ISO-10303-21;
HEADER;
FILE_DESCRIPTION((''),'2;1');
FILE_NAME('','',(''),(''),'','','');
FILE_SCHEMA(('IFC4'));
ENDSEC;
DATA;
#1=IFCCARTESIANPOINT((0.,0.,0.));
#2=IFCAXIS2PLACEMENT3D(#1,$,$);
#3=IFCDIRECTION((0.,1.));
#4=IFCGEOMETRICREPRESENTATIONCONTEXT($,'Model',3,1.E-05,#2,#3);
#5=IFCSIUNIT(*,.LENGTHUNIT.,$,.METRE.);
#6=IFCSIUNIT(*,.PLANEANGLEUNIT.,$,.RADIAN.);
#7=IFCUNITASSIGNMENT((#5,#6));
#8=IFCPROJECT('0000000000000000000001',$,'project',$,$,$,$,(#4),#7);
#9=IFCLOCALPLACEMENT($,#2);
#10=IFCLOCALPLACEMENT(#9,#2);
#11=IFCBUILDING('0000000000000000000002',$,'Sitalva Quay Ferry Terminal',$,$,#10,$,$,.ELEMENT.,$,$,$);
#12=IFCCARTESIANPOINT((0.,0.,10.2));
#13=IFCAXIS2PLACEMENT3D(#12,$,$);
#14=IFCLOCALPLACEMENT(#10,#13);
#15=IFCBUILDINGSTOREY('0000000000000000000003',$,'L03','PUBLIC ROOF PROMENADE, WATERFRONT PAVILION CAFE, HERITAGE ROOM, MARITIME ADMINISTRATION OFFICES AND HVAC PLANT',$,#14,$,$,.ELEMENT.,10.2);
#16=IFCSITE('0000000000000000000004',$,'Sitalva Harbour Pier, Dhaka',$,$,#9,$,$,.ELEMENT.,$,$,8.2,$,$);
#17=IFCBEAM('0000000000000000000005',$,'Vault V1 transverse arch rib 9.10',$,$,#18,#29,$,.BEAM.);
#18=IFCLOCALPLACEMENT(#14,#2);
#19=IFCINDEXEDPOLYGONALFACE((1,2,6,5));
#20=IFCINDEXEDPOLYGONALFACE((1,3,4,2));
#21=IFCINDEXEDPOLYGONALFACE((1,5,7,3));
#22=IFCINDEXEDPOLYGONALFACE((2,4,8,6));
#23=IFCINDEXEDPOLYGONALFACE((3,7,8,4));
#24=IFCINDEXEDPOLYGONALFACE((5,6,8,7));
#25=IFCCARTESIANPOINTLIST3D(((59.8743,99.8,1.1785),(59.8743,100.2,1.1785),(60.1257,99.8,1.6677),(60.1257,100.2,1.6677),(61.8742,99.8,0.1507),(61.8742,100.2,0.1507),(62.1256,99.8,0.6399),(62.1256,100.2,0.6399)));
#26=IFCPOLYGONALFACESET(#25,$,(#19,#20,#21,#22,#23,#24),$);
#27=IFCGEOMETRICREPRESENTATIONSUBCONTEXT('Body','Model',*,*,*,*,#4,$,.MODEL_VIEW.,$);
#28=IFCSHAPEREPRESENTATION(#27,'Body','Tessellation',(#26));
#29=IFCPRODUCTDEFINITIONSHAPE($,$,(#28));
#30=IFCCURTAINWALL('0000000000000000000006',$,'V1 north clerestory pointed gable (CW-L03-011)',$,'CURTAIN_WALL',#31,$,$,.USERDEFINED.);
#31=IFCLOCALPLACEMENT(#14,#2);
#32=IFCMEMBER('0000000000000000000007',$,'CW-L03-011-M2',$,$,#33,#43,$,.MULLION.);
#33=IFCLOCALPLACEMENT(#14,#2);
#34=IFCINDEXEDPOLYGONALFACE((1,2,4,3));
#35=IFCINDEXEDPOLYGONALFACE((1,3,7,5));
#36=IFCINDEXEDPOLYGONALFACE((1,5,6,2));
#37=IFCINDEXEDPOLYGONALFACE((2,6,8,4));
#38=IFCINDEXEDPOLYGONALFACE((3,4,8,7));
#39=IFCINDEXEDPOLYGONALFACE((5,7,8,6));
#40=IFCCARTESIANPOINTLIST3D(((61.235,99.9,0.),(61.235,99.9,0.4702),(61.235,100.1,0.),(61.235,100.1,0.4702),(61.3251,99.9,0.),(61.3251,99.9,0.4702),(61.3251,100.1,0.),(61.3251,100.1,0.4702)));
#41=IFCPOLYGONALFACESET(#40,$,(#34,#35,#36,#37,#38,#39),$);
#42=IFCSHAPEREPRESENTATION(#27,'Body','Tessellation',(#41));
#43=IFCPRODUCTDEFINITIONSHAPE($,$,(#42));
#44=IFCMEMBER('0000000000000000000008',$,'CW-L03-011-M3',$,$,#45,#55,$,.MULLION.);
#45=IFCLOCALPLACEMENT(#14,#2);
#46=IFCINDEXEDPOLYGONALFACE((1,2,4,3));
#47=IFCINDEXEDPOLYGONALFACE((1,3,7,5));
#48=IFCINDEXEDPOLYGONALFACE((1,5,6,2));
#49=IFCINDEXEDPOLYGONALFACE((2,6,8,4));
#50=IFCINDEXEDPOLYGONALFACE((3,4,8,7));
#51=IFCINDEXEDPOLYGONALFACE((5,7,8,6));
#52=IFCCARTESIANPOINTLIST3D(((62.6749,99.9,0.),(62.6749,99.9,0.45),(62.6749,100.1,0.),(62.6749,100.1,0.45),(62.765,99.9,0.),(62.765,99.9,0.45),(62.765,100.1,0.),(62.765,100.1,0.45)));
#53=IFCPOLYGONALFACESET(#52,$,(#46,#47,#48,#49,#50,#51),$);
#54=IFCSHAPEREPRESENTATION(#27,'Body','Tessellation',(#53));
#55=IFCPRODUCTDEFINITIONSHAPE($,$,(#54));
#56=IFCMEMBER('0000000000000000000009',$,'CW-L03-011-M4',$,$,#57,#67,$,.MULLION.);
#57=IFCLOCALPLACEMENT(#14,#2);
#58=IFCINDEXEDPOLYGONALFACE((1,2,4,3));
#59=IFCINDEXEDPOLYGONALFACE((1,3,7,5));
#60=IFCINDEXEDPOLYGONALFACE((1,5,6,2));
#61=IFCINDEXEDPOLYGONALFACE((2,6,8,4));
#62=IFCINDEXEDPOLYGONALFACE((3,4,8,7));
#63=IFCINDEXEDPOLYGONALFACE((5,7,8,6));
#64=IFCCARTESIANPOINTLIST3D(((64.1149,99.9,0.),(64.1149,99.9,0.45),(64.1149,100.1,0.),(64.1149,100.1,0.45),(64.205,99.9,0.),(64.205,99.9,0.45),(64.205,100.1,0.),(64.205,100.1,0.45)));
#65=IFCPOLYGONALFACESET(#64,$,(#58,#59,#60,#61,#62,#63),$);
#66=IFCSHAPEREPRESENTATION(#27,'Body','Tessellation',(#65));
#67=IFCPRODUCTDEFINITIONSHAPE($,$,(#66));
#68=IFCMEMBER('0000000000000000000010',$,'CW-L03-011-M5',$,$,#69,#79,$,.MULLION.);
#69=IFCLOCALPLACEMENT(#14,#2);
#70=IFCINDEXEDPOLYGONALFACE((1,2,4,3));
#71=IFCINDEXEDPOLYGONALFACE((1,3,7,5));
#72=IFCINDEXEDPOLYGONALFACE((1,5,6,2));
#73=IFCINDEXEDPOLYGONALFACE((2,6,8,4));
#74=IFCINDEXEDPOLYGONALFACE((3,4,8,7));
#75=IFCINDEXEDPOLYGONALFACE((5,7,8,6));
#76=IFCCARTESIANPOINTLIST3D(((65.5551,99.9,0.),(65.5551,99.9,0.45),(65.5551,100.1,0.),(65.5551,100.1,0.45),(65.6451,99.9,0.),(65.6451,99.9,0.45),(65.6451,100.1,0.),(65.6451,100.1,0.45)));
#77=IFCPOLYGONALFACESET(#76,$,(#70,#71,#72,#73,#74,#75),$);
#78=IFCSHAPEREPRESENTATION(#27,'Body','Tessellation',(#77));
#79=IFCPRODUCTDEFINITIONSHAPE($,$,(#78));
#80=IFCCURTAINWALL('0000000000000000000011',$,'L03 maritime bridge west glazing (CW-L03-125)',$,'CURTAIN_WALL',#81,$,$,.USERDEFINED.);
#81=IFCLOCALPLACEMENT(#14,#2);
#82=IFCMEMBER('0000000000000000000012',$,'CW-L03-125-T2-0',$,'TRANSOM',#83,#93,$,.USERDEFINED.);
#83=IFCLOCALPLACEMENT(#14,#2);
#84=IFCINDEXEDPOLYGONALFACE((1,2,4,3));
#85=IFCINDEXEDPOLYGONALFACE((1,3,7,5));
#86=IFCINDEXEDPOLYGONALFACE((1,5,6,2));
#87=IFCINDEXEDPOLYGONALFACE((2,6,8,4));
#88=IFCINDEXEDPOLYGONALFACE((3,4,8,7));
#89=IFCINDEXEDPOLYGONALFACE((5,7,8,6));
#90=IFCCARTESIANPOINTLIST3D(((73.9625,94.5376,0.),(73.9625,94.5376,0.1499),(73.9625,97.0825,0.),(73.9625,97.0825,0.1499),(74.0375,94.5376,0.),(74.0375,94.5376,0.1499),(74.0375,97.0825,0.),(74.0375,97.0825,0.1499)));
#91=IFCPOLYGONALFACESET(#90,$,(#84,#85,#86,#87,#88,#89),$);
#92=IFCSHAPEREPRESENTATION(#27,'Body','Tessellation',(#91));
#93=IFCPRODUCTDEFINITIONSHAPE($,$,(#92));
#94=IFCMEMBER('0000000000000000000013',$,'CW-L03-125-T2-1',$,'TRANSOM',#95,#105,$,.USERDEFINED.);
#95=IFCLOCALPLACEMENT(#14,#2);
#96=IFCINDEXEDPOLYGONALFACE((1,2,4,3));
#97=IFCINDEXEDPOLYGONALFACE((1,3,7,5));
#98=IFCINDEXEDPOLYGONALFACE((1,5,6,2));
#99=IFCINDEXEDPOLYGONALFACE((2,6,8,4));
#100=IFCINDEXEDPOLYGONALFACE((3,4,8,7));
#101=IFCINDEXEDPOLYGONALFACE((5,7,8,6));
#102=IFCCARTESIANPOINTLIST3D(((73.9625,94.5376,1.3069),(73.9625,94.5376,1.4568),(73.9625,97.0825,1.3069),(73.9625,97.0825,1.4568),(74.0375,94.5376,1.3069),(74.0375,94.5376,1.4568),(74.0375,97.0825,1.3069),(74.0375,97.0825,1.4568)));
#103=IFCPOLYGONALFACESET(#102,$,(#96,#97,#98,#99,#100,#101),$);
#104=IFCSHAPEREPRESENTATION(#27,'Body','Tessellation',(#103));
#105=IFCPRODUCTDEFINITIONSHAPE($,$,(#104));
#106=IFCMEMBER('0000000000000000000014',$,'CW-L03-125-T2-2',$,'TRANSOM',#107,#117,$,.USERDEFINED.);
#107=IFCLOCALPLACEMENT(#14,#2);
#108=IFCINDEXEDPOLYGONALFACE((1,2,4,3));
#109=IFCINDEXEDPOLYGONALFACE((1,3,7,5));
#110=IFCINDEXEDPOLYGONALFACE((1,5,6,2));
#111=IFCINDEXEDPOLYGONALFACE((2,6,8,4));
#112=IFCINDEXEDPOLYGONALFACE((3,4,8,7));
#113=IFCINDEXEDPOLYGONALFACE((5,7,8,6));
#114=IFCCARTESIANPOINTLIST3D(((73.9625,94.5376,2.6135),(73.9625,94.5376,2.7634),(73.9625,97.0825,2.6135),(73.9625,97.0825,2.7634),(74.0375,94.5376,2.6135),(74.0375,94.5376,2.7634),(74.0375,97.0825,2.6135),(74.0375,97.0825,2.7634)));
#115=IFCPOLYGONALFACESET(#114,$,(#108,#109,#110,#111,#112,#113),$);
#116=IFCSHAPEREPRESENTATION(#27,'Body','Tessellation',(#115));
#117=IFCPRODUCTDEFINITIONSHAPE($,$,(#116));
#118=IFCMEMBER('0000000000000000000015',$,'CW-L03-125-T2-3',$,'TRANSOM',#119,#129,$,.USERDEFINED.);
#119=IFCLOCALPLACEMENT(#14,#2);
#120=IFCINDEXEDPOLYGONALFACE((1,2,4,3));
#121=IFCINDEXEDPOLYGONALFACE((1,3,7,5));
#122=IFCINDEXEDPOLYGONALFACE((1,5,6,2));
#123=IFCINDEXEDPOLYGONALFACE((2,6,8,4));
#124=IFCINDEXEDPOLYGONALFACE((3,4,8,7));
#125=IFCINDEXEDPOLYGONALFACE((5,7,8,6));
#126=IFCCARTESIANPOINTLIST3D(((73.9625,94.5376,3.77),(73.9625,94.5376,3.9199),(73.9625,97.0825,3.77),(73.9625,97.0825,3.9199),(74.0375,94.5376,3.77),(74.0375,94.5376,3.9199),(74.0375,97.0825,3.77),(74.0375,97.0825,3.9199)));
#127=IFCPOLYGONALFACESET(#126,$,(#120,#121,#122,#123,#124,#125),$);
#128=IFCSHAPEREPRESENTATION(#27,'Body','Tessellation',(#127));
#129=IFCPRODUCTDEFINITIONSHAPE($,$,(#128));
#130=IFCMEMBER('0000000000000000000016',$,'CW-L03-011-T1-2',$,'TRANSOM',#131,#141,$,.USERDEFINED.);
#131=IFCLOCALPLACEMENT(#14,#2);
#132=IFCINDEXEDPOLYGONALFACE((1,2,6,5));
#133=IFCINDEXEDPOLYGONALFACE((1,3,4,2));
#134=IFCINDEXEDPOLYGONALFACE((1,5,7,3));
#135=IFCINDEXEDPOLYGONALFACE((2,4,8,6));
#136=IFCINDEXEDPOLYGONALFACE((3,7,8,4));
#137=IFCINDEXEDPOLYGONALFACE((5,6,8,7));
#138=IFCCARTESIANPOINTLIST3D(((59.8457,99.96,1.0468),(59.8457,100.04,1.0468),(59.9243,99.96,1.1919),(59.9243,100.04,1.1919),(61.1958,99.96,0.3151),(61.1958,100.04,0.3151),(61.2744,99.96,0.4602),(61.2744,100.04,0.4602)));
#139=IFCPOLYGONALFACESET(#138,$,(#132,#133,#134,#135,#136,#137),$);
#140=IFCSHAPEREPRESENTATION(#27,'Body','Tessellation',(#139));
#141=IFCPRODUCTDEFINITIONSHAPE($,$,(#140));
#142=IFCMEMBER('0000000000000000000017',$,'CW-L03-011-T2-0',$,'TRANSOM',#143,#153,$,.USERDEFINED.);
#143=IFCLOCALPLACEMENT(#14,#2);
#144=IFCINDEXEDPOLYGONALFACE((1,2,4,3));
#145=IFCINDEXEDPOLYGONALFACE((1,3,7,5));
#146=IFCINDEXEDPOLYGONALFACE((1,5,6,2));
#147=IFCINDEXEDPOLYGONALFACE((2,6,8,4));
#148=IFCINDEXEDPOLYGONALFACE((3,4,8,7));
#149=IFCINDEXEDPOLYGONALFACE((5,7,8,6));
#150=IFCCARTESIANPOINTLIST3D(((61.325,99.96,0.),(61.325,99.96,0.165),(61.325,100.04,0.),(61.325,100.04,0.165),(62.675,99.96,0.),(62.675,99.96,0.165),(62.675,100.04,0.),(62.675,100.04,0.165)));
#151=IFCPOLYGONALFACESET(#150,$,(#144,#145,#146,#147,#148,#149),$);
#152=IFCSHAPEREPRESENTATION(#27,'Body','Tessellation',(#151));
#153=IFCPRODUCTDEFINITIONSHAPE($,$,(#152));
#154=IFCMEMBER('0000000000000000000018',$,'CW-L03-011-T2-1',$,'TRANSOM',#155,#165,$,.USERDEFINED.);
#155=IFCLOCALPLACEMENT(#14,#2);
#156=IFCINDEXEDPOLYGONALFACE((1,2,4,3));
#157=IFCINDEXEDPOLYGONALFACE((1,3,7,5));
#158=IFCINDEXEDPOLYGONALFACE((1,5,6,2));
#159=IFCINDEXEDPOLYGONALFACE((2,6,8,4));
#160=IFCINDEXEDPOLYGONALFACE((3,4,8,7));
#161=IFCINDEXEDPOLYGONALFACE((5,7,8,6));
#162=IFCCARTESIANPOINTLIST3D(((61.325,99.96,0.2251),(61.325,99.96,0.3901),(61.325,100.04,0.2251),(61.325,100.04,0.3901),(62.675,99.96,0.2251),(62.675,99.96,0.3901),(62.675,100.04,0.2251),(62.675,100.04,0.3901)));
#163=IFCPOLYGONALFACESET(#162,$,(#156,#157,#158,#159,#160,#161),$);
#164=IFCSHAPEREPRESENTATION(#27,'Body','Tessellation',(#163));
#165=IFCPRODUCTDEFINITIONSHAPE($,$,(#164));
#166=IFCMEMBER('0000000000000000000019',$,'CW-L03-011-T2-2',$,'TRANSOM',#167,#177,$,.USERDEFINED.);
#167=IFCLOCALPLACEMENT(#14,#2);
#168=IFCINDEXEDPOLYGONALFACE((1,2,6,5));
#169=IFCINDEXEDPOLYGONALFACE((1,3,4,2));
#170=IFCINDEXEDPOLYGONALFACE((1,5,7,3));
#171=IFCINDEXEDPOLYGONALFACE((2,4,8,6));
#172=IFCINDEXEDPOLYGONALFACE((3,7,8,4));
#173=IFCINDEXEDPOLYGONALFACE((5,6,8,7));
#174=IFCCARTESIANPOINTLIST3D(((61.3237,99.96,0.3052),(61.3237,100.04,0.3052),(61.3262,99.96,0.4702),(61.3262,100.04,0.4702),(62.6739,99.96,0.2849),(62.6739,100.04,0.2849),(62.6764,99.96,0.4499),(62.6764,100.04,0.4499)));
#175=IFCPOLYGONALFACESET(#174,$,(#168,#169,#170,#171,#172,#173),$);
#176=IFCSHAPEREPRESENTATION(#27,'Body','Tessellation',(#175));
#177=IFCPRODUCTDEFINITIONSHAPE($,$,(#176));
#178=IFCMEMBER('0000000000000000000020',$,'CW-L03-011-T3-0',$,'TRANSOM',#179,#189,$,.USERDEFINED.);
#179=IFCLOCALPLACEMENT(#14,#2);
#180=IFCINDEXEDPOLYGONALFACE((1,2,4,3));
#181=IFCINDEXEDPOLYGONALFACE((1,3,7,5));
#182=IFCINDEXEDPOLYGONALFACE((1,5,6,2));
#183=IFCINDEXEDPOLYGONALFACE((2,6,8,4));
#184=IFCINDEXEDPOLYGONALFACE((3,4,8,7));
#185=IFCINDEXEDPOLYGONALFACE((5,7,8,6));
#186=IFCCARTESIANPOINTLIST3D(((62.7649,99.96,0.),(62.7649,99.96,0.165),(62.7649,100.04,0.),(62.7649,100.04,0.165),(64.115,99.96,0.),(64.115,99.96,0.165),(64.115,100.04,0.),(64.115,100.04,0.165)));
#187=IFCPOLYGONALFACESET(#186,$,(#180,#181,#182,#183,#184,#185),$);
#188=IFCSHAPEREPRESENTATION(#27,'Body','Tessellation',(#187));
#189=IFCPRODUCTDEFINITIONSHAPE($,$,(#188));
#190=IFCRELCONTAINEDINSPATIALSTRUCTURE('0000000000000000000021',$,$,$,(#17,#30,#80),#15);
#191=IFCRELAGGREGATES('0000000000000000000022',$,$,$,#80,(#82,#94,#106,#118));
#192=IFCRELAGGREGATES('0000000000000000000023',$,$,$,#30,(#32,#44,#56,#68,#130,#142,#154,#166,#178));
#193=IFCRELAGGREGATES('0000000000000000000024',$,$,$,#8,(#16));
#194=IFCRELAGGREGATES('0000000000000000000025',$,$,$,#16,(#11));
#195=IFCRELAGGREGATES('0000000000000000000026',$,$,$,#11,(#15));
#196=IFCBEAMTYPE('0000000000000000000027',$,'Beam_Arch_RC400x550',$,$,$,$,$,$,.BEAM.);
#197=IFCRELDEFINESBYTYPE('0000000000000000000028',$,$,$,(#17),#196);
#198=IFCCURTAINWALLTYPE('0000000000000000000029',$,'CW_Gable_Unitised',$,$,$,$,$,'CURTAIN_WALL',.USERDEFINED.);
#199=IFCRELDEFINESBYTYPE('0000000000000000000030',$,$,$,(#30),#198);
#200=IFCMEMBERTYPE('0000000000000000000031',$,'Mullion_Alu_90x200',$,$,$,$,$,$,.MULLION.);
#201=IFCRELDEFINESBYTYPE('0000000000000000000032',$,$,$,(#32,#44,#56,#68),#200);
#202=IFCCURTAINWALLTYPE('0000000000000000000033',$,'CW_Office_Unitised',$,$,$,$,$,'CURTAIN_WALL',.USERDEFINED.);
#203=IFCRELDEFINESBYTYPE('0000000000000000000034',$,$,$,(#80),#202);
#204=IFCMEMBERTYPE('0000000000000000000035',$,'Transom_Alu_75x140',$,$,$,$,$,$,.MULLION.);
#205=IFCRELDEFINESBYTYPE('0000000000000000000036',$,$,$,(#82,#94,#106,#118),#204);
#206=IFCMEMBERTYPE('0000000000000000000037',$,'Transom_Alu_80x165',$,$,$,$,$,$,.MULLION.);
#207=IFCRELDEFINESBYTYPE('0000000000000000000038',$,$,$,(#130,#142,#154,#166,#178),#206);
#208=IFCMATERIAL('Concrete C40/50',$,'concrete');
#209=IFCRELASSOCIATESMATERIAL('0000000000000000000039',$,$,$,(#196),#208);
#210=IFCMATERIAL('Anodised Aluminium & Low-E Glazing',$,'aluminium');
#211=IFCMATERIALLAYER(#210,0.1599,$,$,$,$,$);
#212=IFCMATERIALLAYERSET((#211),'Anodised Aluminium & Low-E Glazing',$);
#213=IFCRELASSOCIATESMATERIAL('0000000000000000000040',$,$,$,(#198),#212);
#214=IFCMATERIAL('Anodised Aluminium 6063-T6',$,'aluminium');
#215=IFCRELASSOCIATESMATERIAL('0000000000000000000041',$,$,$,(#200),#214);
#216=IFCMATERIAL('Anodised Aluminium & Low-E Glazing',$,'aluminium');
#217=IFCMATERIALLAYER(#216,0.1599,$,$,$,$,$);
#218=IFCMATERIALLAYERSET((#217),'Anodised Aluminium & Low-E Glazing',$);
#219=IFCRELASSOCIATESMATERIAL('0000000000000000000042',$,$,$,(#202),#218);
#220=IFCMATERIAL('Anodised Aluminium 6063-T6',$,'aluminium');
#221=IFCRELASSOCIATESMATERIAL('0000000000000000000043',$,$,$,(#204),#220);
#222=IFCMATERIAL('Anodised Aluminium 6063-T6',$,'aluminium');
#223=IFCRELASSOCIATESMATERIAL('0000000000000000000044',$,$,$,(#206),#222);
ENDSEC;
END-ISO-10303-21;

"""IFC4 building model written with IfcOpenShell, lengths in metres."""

from ifc_helpers import new_model, si_unit, direction, frame, origin, origin_2d, place, context, subcontext, project, spatial, rectangle, extrude, material, layer, layer_set, material_profile, profile_set, type_object, element, aggregate, save


model = new_model("IFC4")

# Units and contexts
model_context = context("Model", 3, precision=1e-05, world=origin(), true_north=direction((0.0, 1.0)))
body_context = subcontext(model_context, "Body", "Model", "MODEL_VIEW")
ifc_project = project(units=[si_unit("LENGTHUNIT", "METRE"), si_unit("PLANEANGLEUNIT", "RADIAN")], contexts=[model_context])

# Site, building, storey
site_placement = place(None, origin())
site = spatial("IfcSite", under=ifc_project, at=site_placement, Name="Sitalva Harbour Pier, Dhaka", CompositionType="ELEMENT", RefElevation=8.2)
building_placement = place(site_placement, origin())
building = spatial("IfcBuilding", under=site, at=building_placement, Name="Sitalva Quay Ferry Terminal", CompositionType="ELEMENT")
storey_placement = place(building_placement, frame((0.0, 0.0, 10.2)))
storey = spatial("IfcBuildingStorey", under=building, at=storey_placement, Name="L03", Description="PUBLIC ROOF PROMENADE, WATERFRONT PAVILION CAFE, HERITAGE ROOM, MARITIME ADMINISTRATION OFFICES AND HVAC PLANT", CompositionType="ELEMENT", Elevation=10.2)

# Beam
ifc_material_1 = material(Name="Concrete C40/50", Category="concrete")
ifc_material_profile_1 = material_profile(ifc_material_1, rectangle(XDim=0.3999, YDim=0.55, at=origin_2d()), Name="RC400x550")
ifc_profile_set_1 = profile_set([ifc_material_profile_1], Name="Concrete C40/50")
beam_type = type_object("IfcBeamType", Name="Beam_Arch_RC400x550", PredefinedType="BEAM", material=ifc_profile_set_1)
beam_placement = place(storey_placement, frame((60.0, 100.0, 1.4231), z_axis=(0.889421, 0.0, -0.457088), x_axis=(0.0, 1.0, 0.0)))
element("IfcBeam", 1, at=beam_placement, inside=storey, type_object=beam_type, Name="Vault V1 transverse arch rib 9.10", PredefinedType="BEAM", context=body_context, shape_type="SweptSolid", body=[
    extrude(rectangle(XDim=0.3999, YDim=0.55, at=origin_2d()), origin(), (0.0, 0.0, 1.0), 2.2485),
])

# Curtain walls, members
ifc_material_2 = material(Name="Anodised Aluminium & Low-E Glazing", Category="aluminium")
ifc_layer_1 = layer(ifc_material_2, 0.1599)
ifc_layer_set_1 = layer_set([ifc_layer_1], Name="Anodised Aluminium & Low-E Glazing")
curtain_wall_type_1 = type_object("IfcCurtainWallType", Name="CW_Gable_Unitised", ElementType="CURTAIN_WALL", PredefinedType="USERDEFINED", material=ifc_layer_set_1)
curtain_wall_1_placement = place(storey_placement, origin())
curtain_wall_1 = element("IfcCurtainWall", 2, at=curtain_wall_1_placement, inside=storey, type_object=curtain_wall_type_1, Name="V1 north clerestory pointed gable (CW-L03-011)", ObjectType="CURTAIN_WALL", PredefinedType="USERDEFINED")
ifc_material_3 = material(Name="Anodised Aluminium 6063-T6", Category="aluminium")
ifc_material_profile_2 = material_profile(ifc_material_3, rectangle(XDim=0.0901, YDim=0.2, at=origin_2d()), Name="ALU90x200")
ifc_profile_set_2 = profile_set([ifc_material_profile_2], Name="Anodised Aluminium 6063-T6")
member_type_1 = type_object("IfcMemberType", Name="Mullion_Alu_90x200", PredefinedType="MULLION", material=ifc_profile_set_2)
member_1_placement = place(storey_placement, frame((61.28, 100.0, 0.0), z_axis=(0.0, 0.0, 1.0), x_axis=(1.0, 0.0, 0.0)))
member_1 = element("IfcMember", 3, at=member_1_placement, type_object=member_type_1, Name="CW-L03-011-M2", PredefinedType="MULLION", context=body_context, shape_type="SweptSolid", body=[
    extrude(rectangle(XDim=0.0901, YDim=0.2, at=origin_2d()), origin(), (0.0, 0.0, 1.0), 0.4702),
])
member_2_placement = place(storey_placement, frame((62.72, 100.0, 0.0), z_axis=(0.0, 0.0, 1.0), x_axis=(1.0, 0.0, 0.0)))
member_2 = element("IfcMember", 4, at=member_2_placement, type_object=member_type_1, Name="CW-L03-011-M3", PredefinedType="MULLION", context=body_context, shape_type="SweptSolid", body=[
    extrude(rectangle(XDim=0.0901, YDim=0.2, at=origin_2d()), origin(), (0.0, 0.0, 1.0), 0.45),
])
member_3_placement = place(storey_placement, frame((64.1599, 100.0, 0.0), z_axis=(0.0, 0.0, 1.0), x_axis=(1.0, 0.0, 0.0)))
member_3 = element("IfcMember", 5, at=member_3_placement, type_object=member_type_1, Name="CW-L03-011-M4", PredefinedType="MULLION", context=body_context, shape_type="SweptSolid", body=[
    extrude(rectangle(XDim=0.0901, YDim=0.2, at=origin_2d()), origin(), (0.0, 0.0, 1.0), 0.45),
])
member_4_placement = place(storey_placement, frame((65.6001, 100.0, 0.0), z_axis=(0.0, 0.0, 1.0), x_axis=(1.0, 0.0, 0.0)))
member_4 = element("IfcMember", 6, at=member_4_placement, type_object=member_type_1, Name="CW-L03-011-M5", PredefinedType="MULLION", context=body_context, shape_type="SweptSolid", body=[
    extrude(rectangle(XDim=0.0901, YDim=0.2, at=origin_2d()), origin(), (0.0, 0.0, 1.0), 0.45),
])
ifc_material_4 = material(Name="Anodised Aluminium & Low-E Glazing", Category="aluminium")
ifc_layer_2 = layer(ifc_material_4, 0.1599)
ifc_layer_set_2 = layer_set([ifc_layer_2], Name="Anodised Aluminium & Low-E Glazing")
curtain_wall_type_2 = type_object("IfcCurtainWallType", Name="CW_Office_Unitised", ElementType="CURTAIN_WALL", PredefinedType="USERDEFINED", material=ifc_layer_set_2)
curtain_wall_2_placement = place(storey_placement, origin())
curtain_wall_2 = element("IfcCurtainWall", 7, at=curtain_wall_2_placement, inside=storey, type_object=curtain_wall_type_2, Name="L03 maritime bridge west glazing (CW-L03-125)", ObjectType="CURTAIN_WALL", PredefinedType="USERDEFINED")
ifc_material_5 = material(Name="Anodised Aluminium 6063-T6", Category="aluminium")
ifc_material_profile_3 = material_profile(ifc_material_5, rectangle(XDim=0.075, YDim=0.1499, at=origin_2d()), Name="ALU75x150")
ifc_profile_set_3 = profile_set([ifc_material_profile_3], Name="Anodised Aluminium 6063-T6")
member_type_2 = type_object("IfcMemberType", Name="Transom_Alu_75x140", PredefinedType="MULLION", material=ifc_profile_set_3)
member_5_placement = place(storey_placement, frame((74.0, 94.5376, 0.075), z_axis=(0.0, 1.0, 0.0), x_axis=(-1.0, 0.0, 0.0)))
member_5 = element("IfcMember", 8, at=member_5_placement, type_object=member_type_2, Name="CW-L03-125-T2-0", ObjectType="TRANSOM", PredefinedType="USERDEFINED", context=body_context, shape_type="SweptSolid", body=[
    extrude(rectangle(XDim=0.075, YDim=0.1499, at=origin_2d()), origin(), (0.0, 0.0, 1.0), 2.5449),
])
member_6_placement = place(storey_placement, frame((74.0, 94.5376, 1.3818), z_axis=(0.0, 1.0, 0.0), x_axis=(-1.0, 0.0, 0.0)))
member_6 = element("IfcMember", 9, at=member_6_placement, type_object=member_type_2, Name="CW-L03-125-T2-1", ObjectType="TRANSOM", PredefinedType="USERDEFINED", context=body_context, shape_type="SweptSolid", body=[
    extrude(rectangle(XDim=0.075, YDim=0.1499, at=origin_2d()), origin(), (0.0, 0.0, 1.0), 2.5449),
])
member_7_placement = place(storey_placement, frame((74.0, 94.5376, 2.6885), z_axis=(0.0, 1.0, 0.0), x_axis=(-1.0, 0.0, 0.0)))
member_7 = element("IfcMember", 10, at=member_7_placement, type_object=member_type_2, Name="CW-L03-125-T2-2", ObjectType="TRANSOM", PredefinedType="USERDEFINED", context=body_context, shape_type="SweptSolid", body=[
    extrude(rectangle(XDim=0.075, YDim=0.1499, at=origin_2d()), origin(), (0.0, 0.0, 1.0), 2.5449),
])
member_8_placement = place(storey_placement, frame((74.0, 94.5376, 3.845), z_axis=(0.0, 1.0, 0.0), x_axis=(-1.0, 0.0, 0.0)))
member_8 = element("IfcMember", 11, at=member_8_placement, type_object=member_type_2, Name="CW-L03-125-T2-3", ObjectType="TRANSOM", PredefinedType="USERDEFINED", context=body_context, shape_type="SweptSolid", body=[
    extrude(rectangle(XDim=0.075, YDim=0.1499, at=origin_2d()), origin(), (0.0, 0.0, 1.0), 2.5449),
])
aggregate(curtain_wall_2, [member_5, member_6, member_7, member_8])

# Members
ifc_material_6 = material(Name="Anodised Aluminium 6063-T6", Category="aluminium")
ifc_material_profile_4 = material_profile(ifc_material_6, rectangle(XDim=0.0801, YDim=0.165, at=origin_2d()), Name="ALU80x165")
ifc_profile_set_4 = profile_set([ifc_material_profile_4], Name="Anodised Aluminium 6063-T6")
member_type_3 = type_object("IfcMemberType", Name="Transom_Alu_80x165", PredefinedType="MULLION", material=ifc_profile_set_4)
member_9_placement = place(storey_placement, frame((59.885, 100.0, 1.1194), z_axis=(0.879187, 0.0, -0.476478), x_axis=(0.0, 1.0, 0.0)))
member_9 = element("IfcMember", 12, at=member_9_placement, type_object=member_type_3, Name="CW-L03-011-T1-2", ObjectType="TRANSOM", PredefinedType="USERDEFINED", context=body_context, shape_type="SweptSolid", body=[
    extrude(rectangle(XDim=0.0801, YDim=0.165, at=origin_2d()), origin(), (0.0, 0.0, 1.0), 1.5356),
])
member_10_placement = place(storey_placement, frame((61.325, 100.0, 0.0825), z_axis=(1.0, 0.0, 0.0), x_axis=(0.0, 1.0, 0.0)))
member_10 = element("IfcMember", 13, at=member_10_placement, type_object=member_type_3, Name="CW-L03-011-T2-0", ObjectType="TRANSOM", PredefinedType="USERDEFINED", context=body_context, shape_type="SweptSolid", body=[
    extrude(rectangle(XDim=0.0801, YDim=0.165, at=origin_2d()), origin(), (0.0, 0.0, 1.0), 1.3501),
])
member_11_placement = place(storey_placement, frame((61.325, 100.0, 0.3076), z_axis=(1.0, 0.0, 0.0), x_axis=(0.0, 1.0, 0.0)))
member_11 = element("IfcMember", 14, at=member_11_placement, type_object=member_type_3, Name="CW-L03-011-T2-1", ObjectType="TRANSOM", PredefinedType="USERDEFINED", context=body_context, shape_type="SweptSolid", body=[
    extrude(rectangle(XDim=0.0801, YDim=0.165, at=origin_2d()), origin(), (0.0, 0.0, 1.0), 1.3501),
])
member_12_placement = place(storey_placement, frame((61.325, 100.0, 0.3877), z_axis=(0.999887, 0.0, -0.015007), x_axis=(0.0, 1.0, 0.0)))
member_12 = element("IfcMember", 15, at=member_12_placement, type_object=member_type_3, Name="CW-L03-011-T2-2", ObjectType="TRANSOM", PredefinedType="USERDEFINED", context=body_context, shape_type="SweptSolid", body=[
    extrude(rectangle(XDim=0.0801, YDim=0.165, at=origin_2d()), origin(), (0.0, 0.0, 1.0), 1.3503),
])
member_13_placement = place(storey_placement, frame((62.7649, 100.0, 0.0825), z_axis=(1.0, 0.0, 0.0), x_axis=(0.0, 1.0, 0.0)))
member_13 = element("IfcMember", 16, at=member_13_placement, type_object=member_type_3, Name="CW-L03-011-T3-0", ObjectType="TRANSOM", PredefinedType="USERDEFINED", context=body_context, shape_type="SweptSolid", body=[
    extrude(rectangle(XDim=0.0801, YDim=0.165, at=origin_2d()), origin(), (0.0, 0.0, 1.0), 1.3501),
])
aggregate(curtain_wall_1, [member_1, member_2, member_3, member_4, member_9, member_10, member_11, member_12, member_13])

save(model, "model.ifc")
